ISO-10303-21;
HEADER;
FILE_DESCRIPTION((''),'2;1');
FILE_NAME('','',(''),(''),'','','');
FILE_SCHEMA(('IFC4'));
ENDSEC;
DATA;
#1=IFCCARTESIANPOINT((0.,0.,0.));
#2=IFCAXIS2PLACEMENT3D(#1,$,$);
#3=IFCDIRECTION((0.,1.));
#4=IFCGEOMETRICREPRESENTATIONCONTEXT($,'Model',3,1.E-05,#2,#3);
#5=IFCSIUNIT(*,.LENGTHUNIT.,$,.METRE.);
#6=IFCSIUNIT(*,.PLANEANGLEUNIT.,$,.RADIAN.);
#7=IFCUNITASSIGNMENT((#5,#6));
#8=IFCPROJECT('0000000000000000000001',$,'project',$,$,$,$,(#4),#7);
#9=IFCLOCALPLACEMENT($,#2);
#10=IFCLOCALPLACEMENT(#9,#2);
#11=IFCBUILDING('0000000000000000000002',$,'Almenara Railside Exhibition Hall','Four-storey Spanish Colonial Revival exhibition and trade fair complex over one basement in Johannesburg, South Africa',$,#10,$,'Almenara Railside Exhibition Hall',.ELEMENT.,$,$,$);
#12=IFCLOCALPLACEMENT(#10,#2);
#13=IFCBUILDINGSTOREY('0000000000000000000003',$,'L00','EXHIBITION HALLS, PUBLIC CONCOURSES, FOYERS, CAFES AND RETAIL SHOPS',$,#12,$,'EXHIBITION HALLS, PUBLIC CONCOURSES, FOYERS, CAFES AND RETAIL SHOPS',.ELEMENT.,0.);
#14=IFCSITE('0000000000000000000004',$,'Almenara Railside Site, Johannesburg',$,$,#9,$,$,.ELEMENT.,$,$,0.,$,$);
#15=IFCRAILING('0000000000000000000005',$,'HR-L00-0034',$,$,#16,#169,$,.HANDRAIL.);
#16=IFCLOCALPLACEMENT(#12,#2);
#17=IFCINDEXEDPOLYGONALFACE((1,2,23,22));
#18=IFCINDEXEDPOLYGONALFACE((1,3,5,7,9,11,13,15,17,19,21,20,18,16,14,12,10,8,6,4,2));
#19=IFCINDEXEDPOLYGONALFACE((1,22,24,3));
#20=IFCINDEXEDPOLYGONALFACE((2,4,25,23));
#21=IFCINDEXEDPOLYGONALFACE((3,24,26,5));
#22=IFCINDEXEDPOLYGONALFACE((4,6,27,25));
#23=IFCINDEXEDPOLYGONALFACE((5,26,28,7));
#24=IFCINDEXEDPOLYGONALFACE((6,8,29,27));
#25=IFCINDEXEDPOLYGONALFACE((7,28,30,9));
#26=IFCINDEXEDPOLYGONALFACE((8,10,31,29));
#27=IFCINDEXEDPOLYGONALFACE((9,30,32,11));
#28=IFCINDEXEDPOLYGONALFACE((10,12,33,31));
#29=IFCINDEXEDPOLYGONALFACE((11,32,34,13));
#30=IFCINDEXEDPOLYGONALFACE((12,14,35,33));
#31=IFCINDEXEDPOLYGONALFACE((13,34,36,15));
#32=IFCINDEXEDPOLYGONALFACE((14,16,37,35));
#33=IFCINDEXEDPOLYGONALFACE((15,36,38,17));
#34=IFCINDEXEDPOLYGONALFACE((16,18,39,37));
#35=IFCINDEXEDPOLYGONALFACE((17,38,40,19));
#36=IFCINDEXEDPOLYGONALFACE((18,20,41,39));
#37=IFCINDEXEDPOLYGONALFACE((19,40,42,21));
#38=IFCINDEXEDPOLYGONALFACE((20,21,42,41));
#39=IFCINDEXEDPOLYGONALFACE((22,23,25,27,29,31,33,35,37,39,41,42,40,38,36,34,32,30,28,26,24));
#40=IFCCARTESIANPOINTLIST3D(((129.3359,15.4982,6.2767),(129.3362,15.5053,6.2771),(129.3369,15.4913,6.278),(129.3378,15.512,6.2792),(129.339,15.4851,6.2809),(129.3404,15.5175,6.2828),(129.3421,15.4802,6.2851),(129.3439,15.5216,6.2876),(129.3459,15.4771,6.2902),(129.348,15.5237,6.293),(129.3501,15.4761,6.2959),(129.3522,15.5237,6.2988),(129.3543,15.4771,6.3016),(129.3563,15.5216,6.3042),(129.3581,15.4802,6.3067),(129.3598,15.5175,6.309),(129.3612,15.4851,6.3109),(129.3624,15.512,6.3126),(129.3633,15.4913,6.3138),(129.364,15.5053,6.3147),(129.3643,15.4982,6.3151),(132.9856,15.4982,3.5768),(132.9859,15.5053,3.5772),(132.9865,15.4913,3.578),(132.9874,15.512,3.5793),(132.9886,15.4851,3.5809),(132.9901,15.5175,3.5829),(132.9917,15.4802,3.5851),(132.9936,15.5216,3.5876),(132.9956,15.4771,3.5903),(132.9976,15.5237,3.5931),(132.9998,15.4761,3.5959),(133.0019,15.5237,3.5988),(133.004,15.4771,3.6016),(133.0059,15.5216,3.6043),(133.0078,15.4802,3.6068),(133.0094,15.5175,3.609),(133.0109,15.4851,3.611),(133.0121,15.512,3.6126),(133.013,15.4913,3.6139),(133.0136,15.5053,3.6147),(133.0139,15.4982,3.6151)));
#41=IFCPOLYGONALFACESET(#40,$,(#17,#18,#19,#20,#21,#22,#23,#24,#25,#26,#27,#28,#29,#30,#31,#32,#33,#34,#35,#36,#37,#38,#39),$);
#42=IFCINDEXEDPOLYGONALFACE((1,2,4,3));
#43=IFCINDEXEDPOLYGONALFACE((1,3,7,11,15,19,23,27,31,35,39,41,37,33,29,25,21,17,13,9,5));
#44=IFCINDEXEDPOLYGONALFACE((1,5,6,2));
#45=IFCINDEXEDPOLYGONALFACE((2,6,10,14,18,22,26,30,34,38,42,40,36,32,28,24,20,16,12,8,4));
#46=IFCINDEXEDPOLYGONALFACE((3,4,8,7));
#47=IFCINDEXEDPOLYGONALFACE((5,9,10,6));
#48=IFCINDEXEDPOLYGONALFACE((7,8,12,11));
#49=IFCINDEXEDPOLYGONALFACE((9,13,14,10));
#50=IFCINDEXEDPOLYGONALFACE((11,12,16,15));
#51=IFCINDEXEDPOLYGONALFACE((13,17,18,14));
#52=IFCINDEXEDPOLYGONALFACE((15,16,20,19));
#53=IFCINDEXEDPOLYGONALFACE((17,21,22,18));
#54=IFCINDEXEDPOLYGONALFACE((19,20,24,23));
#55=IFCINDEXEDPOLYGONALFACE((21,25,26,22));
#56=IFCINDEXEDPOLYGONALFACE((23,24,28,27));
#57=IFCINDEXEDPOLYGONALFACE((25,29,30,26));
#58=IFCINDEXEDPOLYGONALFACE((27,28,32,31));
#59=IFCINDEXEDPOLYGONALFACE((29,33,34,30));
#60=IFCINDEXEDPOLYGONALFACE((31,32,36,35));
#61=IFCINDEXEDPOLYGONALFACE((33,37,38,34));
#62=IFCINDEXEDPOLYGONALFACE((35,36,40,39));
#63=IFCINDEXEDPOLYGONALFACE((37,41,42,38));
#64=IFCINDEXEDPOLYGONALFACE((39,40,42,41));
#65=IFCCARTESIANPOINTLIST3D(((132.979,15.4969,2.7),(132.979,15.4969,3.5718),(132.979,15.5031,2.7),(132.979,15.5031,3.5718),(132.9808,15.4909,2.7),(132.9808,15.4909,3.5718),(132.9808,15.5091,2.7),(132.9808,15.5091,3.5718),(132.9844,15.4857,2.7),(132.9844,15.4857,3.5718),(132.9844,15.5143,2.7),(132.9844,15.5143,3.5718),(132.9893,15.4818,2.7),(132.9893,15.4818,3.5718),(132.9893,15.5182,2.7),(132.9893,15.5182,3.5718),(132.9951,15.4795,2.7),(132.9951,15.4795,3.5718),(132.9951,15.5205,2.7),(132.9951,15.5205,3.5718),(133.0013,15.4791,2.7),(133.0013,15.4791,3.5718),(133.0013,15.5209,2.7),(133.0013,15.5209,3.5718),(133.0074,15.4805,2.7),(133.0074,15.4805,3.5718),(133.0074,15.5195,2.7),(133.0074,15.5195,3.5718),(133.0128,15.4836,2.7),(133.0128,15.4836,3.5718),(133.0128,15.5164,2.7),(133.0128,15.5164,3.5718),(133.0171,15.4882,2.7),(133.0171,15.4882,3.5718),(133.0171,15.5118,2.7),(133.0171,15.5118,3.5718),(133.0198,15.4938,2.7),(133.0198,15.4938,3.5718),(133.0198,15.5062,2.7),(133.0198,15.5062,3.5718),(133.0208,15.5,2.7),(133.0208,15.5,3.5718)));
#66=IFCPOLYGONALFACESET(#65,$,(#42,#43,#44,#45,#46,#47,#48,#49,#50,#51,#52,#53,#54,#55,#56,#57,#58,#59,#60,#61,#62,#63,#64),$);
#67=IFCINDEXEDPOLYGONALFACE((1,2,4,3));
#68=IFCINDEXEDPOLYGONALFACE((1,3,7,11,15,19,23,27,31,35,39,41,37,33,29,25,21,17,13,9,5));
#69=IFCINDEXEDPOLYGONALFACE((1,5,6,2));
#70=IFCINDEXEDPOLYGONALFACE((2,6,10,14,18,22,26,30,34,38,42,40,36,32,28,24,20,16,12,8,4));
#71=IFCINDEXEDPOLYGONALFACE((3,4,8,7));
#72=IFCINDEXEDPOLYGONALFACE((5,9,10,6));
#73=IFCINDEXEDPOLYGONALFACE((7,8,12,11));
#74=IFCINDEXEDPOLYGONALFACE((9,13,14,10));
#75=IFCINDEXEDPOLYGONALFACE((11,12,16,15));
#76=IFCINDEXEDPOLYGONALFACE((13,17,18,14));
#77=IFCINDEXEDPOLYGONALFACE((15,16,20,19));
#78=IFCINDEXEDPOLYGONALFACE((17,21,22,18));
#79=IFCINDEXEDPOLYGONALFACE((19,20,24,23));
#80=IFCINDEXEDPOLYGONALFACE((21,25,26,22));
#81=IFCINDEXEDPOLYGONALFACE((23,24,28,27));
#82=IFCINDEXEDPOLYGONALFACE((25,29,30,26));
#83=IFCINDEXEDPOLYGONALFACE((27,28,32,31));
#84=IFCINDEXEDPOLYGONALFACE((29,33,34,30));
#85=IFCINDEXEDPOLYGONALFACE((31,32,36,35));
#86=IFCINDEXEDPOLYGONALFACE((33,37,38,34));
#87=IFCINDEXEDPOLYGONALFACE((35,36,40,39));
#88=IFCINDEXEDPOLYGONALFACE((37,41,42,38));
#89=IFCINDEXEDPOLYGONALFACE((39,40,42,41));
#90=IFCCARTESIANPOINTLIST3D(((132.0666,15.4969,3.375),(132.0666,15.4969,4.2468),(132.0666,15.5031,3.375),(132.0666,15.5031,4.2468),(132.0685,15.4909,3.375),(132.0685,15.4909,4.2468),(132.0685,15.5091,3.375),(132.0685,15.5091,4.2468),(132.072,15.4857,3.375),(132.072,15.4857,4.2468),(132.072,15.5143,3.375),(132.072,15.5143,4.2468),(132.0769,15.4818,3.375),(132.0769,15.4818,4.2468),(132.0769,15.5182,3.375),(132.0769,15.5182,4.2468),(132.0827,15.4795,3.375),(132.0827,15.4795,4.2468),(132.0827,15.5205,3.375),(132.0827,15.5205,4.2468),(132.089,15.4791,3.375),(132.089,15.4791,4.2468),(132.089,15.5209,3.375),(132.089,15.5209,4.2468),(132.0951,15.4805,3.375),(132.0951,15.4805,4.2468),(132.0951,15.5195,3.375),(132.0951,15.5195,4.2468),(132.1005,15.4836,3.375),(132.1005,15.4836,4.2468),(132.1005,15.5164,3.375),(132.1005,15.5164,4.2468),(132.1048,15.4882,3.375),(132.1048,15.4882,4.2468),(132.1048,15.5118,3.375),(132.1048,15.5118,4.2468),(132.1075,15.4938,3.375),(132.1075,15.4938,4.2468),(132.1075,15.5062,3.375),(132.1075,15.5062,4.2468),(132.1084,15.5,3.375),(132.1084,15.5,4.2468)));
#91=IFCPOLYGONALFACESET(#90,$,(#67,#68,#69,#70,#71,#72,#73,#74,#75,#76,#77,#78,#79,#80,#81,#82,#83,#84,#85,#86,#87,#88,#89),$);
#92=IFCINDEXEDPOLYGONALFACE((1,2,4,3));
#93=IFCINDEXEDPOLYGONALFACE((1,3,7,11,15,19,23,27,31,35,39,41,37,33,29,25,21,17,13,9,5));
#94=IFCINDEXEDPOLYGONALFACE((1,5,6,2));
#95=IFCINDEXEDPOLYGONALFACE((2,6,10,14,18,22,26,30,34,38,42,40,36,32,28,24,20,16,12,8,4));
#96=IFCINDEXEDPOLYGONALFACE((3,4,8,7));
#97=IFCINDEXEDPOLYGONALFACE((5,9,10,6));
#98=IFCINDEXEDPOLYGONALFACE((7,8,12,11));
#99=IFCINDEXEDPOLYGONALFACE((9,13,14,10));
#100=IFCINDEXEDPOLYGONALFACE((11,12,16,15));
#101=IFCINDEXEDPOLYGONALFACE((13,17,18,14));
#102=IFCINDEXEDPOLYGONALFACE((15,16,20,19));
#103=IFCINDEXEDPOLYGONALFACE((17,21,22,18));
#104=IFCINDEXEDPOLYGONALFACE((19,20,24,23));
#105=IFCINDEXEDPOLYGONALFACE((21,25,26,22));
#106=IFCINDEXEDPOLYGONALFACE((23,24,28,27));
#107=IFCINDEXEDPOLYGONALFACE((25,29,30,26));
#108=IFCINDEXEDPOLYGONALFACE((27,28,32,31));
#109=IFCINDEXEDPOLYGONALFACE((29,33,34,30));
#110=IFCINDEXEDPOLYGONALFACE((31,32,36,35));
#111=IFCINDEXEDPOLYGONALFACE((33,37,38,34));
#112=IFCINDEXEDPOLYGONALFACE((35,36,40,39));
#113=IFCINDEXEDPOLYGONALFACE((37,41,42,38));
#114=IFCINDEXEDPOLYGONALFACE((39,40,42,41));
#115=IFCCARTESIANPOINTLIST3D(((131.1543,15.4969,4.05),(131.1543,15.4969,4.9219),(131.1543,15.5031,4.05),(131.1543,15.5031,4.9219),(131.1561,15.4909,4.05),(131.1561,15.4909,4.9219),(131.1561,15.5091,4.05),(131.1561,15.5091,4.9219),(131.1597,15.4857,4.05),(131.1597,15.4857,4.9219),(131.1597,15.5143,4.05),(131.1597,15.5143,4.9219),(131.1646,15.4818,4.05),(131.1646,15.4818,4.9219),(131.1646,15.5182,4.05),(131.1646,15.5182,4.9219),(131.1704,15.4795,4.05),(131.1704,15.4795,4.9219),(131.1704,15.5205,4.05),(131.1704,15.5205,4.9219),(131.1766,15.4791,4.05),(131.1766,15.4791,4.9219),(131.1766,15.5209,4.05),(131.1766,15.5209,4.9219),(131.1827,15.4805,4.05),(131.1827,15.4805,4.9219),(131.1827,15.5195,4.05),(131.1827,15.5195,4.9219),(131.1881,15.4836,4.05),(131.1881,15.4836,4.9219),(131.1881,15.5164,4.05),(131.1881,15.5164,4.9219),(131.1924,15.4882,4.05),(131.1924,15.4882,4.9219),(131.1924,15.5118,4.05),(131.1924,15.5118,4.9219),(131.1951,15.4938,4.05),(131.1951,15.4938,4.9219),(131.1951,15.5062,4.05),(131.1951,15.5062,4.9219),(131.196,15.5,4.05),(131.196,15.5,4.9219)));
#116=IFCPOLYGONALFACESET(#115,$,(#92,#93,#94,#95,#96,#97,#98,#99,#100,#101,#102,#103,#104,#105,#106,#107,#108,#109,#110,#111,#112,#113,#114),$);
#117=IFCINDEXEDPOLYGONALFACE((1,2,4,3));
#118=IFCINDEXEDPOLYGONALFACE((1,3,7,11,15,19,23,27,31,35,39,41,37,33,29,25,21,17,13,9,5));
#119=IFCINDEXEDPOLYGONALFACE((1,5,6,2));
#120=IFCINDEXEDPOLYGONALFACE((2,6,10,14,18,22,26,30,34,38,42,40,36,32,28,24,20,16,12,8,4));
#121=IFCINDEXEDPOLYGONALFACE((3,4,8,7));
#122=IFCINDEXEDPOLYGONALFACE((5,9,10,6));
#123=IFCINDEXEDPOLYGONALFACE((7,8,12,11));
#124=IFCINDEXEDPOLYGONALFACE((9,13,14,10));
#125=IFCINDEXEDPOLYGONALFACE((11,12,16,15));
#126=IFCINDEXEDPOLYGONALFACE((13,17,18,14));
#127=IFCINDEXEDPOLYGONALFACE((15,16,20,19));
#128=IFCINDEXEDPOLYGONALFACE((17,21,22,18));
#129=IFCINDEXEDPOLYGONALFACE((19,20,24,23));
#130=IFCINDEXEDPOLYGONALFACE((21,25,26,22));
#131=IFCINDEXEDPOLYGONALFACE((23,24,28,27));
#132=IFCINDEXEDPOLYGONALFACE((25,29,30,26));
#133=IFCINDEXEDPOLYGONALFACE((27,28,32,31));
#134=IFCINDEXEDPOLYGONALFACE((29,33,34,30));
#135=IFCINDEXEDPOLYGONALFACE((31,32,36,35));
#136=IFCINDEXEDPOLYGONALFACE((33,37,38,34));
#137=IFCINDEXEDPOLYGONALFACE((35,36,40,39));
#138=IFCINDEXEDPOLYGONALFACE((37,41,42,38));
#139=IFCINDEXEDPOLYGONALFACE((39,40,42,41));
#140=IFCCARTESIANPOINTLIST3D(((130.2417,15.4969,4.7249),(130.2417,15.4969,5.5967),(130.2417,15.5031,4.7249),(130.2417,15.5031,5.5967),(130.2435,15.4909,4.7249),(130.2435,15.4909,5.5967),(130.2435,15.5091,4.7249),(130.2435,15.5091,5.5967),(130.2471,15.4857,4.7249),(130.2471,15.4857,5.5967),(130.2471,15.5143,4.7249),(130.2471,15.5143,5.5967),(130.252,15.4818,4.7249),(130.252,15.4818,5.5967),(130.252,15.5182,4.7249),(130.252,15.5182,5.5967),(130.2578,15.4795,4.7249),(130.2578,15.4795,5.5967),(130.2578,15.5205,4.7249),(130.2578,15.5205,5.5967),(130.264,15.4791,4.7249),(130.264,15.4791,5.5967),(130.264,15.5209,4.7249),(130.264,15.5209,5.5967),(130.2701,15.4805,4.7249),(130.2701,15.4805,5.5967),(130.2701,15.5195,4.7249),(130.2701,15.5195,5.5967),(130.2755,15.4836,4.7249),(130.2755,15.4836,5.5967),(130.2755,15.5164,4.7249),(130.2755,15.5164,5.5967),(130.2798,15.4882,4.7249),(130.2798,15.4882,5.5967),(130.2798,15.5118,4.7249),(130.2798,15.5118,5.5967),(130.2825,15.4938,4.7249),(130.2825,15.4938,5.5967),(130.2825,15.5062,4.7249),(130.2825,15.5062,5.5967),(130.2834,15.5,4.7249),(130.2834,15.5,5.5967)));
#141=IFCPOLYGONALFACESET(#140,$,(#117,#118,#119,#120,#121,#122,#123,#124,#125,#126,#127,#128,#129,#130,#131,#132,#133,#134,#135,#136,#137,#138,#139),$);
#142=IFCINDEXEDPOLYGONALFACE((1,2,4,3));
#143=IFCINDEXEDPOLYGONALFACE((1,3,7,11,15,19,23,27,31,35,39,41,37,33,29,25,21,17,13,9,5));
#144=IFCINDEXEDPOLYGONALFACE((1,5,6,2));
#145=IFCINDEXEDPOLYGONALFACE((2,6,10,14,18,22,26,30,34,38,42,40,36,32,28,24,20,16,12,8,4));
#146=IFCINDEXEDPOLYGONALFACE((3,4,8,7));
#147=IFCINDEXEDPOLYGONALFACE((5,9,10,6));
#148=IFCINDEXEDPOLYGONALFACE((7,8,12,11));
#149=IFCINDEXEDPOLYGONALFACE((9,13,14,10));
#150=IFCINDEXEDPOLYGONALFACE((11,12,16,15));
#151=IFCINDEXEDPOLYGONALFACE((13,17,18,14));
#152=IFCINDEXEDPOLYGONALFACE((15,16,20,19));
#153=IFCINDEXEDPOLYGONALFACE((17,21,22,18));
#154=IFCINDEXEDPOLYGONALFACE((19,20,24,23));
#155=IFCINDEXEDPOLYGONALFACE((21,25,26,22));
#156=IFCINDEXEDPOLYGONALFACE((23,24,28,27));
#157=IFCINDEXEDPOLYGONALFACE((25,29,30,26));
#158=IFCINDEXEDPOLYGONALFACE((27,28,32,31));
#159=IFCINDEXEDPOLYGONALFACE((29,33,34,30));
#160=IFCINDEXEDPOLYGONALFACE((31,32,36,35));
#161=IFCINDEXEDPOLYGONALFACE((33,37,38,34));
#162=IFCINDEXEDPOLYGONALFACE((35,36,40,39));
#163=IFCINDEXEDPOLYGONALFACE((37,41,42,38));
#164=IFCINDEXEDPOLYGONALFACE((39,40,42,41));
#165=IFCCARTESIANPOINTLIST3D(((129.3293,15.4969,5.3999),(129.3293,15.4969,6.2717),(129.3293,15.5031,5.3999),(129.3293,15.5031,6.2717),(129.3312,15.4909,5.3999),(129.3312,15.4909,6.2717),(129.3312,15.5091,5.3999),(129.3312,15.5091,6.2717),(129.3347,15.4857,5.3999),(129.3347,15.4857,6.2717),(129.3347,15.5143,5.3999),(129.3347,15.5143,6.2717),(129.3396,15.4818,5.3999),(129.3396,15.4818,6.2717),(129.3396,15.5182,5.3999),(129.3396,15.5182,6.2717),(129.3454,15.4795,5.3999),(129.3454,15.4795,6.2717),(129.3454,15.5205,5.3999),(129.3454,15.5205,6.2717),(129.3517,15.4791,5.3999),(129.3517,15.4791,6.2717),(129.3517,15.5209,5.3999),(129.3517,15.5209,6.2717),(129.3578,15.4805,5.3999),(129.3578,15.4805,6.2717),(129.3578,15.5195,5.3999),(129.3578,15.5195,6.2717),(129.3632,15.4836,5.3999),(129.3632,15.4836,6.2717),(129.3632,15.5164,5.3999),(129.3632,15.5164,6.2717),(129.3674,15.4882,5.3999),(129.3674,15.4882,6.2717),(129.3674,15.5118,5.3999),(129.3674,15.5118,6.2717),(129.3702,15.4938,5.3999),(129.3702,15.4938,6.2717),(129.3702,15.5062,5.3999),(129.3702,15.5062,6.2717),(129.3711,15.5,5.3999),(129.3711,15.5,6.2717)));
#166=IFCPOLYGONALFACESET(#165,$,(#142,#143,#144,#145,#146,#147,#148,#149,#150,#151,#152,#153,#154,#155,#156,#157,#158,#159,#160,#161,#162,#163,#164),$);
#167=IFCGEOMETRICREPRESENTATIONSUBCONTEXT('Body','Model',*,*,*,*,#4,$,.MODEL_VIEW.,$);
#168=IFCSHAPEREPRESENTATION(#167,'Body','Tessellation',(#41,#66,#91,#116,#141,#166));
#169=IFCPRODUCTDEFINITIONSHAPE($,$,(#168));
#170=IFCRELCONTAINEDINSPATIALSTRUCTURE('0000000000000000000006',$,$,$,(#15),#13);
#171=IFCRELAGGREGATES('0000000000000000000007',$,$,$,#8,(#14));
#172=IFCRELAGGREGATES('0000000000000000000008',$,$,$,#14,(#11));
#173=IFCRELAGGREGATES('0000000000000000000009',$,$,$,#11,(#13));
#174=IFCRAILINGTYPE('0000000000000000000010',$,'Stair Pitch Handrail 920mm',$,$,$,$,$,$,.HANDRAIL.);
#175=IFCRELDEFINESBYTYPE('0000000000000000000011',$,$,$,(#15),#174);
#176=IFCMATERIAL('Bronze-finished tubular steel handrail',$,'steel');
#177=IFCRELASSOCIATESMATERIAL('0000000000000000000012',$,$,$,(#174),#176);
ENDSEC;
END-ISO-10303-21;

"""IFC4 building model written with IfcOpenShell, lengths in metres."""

from ifc_helpers import new_model, si_unit, direction, frame, origin, origin_2d, place, context, subcontext, project, spatial, circle, extrude, material, type_object, element, save


model = new_model("IFC4")

# Units and contexts
model_context = context("Model", 3, precision=1e-05, world=origin(), true_north=direction((0.0, 1.0)))
body_context = subcontext(model_context, "Body", "Model", "MODEL_VIEW")
ifc_project = project(units=[si_unit("LENGTHUNIT", "METRE"), si_unit("PLANEANGLEUNIT", "RADIAN")], contexts=[model_context])

# Site, building, storey
site_placement = place(None, origin())
site = spatial("IfcSite", under=ifc_project, at=site_placement, Name="Almenara Railside Site, Johannesburg", CompositionType="ELEMENT", RefElevation=0.0)
building_placement = place(site_placement, origin())
building = spatial("IfcBuilding", under=site, at=building_placement, Name="Almenara Railside Exhibition Hall", Description="Four-storey Spanish Colonial Revival exhibition and trade fair complex over one basement in Johannesburg, South Africa", LongName="Almenara Railside Exhibition Hall", CompositionType="ELEMENT")
storey_placement = place(building_placement, origin())
storey = spatial("IfcBuildingStorey", under=building, at=storey_placement, Name="L00", Description="EXHIBITION HALLS, PUBLIC CONCOURSES, FOYERS, CAFES AND RETAIL SHOPS", LongName="EXHIBITION HALLS, PUBLIC CONCOURSES, FOYERS, CAFES AND RETAIL SHOPS", CompositionType="ELEMENT", Elevation=0.0)

# Railing
ifc_material_1 = material(Name="Bronze-finished tubular steel handrail", Category="steel")
railing_type_1 = type_object("IfcRailingType", Name="Stair Pitch Handrail 920mm", PredefinedType="HANDRAIL", material=ifc_material_1)
railing_1_placement = place(storey_placement, frame((132.9998, 15.5, 2.7)))
element("IfcRailing", 1, at=railing_1_placement, inside=storey, type_object=railing_type_1, Name="HR-L00-0034", PredefinedType="HANDRAIL", context=body_context, shape_type="SweptSolid", body=[
    extrude(circle(Radius=0.0239, at=origin_2d()), frame((0.0, 0.0, 0.896), z_axis=(-0.803926, 0.0, 0.59473), x_axis=(0.0, -1.0, 0.0)), (0.0, 0.0, 1.0), 4.5398),
    extrude(circle(Radius=0.021, at=origin_2d()), origin(), (0.0, 0.0, 1.0), 0.8718),
    extrude(circle(Radius=0.021, at=origin_2d()), frame((-0.9124, 0.0, 0.675)), (0.0, 0.0, 1.0), 0.8718),
    extrude(circle(Radius=0.021, at=origin_2d()), frame((-1.8247, 0.0, 1.3501)), (0.0, 0.0, 1.0), 0.8718),
    extrude(circle(Radius=0.021, at=origin_2d()), frame((-2.7373, 0.0, 2.0249)), (0.0, 0.0, 1.0), 0.8718),
    extrude(circle(Radius=0.021, at=origin_2d()), frame((-3.6497, 0.0, 2.7)), (0.0, 0.0, 1.0), 0.8718),
])

save(model, "model.ifc")
